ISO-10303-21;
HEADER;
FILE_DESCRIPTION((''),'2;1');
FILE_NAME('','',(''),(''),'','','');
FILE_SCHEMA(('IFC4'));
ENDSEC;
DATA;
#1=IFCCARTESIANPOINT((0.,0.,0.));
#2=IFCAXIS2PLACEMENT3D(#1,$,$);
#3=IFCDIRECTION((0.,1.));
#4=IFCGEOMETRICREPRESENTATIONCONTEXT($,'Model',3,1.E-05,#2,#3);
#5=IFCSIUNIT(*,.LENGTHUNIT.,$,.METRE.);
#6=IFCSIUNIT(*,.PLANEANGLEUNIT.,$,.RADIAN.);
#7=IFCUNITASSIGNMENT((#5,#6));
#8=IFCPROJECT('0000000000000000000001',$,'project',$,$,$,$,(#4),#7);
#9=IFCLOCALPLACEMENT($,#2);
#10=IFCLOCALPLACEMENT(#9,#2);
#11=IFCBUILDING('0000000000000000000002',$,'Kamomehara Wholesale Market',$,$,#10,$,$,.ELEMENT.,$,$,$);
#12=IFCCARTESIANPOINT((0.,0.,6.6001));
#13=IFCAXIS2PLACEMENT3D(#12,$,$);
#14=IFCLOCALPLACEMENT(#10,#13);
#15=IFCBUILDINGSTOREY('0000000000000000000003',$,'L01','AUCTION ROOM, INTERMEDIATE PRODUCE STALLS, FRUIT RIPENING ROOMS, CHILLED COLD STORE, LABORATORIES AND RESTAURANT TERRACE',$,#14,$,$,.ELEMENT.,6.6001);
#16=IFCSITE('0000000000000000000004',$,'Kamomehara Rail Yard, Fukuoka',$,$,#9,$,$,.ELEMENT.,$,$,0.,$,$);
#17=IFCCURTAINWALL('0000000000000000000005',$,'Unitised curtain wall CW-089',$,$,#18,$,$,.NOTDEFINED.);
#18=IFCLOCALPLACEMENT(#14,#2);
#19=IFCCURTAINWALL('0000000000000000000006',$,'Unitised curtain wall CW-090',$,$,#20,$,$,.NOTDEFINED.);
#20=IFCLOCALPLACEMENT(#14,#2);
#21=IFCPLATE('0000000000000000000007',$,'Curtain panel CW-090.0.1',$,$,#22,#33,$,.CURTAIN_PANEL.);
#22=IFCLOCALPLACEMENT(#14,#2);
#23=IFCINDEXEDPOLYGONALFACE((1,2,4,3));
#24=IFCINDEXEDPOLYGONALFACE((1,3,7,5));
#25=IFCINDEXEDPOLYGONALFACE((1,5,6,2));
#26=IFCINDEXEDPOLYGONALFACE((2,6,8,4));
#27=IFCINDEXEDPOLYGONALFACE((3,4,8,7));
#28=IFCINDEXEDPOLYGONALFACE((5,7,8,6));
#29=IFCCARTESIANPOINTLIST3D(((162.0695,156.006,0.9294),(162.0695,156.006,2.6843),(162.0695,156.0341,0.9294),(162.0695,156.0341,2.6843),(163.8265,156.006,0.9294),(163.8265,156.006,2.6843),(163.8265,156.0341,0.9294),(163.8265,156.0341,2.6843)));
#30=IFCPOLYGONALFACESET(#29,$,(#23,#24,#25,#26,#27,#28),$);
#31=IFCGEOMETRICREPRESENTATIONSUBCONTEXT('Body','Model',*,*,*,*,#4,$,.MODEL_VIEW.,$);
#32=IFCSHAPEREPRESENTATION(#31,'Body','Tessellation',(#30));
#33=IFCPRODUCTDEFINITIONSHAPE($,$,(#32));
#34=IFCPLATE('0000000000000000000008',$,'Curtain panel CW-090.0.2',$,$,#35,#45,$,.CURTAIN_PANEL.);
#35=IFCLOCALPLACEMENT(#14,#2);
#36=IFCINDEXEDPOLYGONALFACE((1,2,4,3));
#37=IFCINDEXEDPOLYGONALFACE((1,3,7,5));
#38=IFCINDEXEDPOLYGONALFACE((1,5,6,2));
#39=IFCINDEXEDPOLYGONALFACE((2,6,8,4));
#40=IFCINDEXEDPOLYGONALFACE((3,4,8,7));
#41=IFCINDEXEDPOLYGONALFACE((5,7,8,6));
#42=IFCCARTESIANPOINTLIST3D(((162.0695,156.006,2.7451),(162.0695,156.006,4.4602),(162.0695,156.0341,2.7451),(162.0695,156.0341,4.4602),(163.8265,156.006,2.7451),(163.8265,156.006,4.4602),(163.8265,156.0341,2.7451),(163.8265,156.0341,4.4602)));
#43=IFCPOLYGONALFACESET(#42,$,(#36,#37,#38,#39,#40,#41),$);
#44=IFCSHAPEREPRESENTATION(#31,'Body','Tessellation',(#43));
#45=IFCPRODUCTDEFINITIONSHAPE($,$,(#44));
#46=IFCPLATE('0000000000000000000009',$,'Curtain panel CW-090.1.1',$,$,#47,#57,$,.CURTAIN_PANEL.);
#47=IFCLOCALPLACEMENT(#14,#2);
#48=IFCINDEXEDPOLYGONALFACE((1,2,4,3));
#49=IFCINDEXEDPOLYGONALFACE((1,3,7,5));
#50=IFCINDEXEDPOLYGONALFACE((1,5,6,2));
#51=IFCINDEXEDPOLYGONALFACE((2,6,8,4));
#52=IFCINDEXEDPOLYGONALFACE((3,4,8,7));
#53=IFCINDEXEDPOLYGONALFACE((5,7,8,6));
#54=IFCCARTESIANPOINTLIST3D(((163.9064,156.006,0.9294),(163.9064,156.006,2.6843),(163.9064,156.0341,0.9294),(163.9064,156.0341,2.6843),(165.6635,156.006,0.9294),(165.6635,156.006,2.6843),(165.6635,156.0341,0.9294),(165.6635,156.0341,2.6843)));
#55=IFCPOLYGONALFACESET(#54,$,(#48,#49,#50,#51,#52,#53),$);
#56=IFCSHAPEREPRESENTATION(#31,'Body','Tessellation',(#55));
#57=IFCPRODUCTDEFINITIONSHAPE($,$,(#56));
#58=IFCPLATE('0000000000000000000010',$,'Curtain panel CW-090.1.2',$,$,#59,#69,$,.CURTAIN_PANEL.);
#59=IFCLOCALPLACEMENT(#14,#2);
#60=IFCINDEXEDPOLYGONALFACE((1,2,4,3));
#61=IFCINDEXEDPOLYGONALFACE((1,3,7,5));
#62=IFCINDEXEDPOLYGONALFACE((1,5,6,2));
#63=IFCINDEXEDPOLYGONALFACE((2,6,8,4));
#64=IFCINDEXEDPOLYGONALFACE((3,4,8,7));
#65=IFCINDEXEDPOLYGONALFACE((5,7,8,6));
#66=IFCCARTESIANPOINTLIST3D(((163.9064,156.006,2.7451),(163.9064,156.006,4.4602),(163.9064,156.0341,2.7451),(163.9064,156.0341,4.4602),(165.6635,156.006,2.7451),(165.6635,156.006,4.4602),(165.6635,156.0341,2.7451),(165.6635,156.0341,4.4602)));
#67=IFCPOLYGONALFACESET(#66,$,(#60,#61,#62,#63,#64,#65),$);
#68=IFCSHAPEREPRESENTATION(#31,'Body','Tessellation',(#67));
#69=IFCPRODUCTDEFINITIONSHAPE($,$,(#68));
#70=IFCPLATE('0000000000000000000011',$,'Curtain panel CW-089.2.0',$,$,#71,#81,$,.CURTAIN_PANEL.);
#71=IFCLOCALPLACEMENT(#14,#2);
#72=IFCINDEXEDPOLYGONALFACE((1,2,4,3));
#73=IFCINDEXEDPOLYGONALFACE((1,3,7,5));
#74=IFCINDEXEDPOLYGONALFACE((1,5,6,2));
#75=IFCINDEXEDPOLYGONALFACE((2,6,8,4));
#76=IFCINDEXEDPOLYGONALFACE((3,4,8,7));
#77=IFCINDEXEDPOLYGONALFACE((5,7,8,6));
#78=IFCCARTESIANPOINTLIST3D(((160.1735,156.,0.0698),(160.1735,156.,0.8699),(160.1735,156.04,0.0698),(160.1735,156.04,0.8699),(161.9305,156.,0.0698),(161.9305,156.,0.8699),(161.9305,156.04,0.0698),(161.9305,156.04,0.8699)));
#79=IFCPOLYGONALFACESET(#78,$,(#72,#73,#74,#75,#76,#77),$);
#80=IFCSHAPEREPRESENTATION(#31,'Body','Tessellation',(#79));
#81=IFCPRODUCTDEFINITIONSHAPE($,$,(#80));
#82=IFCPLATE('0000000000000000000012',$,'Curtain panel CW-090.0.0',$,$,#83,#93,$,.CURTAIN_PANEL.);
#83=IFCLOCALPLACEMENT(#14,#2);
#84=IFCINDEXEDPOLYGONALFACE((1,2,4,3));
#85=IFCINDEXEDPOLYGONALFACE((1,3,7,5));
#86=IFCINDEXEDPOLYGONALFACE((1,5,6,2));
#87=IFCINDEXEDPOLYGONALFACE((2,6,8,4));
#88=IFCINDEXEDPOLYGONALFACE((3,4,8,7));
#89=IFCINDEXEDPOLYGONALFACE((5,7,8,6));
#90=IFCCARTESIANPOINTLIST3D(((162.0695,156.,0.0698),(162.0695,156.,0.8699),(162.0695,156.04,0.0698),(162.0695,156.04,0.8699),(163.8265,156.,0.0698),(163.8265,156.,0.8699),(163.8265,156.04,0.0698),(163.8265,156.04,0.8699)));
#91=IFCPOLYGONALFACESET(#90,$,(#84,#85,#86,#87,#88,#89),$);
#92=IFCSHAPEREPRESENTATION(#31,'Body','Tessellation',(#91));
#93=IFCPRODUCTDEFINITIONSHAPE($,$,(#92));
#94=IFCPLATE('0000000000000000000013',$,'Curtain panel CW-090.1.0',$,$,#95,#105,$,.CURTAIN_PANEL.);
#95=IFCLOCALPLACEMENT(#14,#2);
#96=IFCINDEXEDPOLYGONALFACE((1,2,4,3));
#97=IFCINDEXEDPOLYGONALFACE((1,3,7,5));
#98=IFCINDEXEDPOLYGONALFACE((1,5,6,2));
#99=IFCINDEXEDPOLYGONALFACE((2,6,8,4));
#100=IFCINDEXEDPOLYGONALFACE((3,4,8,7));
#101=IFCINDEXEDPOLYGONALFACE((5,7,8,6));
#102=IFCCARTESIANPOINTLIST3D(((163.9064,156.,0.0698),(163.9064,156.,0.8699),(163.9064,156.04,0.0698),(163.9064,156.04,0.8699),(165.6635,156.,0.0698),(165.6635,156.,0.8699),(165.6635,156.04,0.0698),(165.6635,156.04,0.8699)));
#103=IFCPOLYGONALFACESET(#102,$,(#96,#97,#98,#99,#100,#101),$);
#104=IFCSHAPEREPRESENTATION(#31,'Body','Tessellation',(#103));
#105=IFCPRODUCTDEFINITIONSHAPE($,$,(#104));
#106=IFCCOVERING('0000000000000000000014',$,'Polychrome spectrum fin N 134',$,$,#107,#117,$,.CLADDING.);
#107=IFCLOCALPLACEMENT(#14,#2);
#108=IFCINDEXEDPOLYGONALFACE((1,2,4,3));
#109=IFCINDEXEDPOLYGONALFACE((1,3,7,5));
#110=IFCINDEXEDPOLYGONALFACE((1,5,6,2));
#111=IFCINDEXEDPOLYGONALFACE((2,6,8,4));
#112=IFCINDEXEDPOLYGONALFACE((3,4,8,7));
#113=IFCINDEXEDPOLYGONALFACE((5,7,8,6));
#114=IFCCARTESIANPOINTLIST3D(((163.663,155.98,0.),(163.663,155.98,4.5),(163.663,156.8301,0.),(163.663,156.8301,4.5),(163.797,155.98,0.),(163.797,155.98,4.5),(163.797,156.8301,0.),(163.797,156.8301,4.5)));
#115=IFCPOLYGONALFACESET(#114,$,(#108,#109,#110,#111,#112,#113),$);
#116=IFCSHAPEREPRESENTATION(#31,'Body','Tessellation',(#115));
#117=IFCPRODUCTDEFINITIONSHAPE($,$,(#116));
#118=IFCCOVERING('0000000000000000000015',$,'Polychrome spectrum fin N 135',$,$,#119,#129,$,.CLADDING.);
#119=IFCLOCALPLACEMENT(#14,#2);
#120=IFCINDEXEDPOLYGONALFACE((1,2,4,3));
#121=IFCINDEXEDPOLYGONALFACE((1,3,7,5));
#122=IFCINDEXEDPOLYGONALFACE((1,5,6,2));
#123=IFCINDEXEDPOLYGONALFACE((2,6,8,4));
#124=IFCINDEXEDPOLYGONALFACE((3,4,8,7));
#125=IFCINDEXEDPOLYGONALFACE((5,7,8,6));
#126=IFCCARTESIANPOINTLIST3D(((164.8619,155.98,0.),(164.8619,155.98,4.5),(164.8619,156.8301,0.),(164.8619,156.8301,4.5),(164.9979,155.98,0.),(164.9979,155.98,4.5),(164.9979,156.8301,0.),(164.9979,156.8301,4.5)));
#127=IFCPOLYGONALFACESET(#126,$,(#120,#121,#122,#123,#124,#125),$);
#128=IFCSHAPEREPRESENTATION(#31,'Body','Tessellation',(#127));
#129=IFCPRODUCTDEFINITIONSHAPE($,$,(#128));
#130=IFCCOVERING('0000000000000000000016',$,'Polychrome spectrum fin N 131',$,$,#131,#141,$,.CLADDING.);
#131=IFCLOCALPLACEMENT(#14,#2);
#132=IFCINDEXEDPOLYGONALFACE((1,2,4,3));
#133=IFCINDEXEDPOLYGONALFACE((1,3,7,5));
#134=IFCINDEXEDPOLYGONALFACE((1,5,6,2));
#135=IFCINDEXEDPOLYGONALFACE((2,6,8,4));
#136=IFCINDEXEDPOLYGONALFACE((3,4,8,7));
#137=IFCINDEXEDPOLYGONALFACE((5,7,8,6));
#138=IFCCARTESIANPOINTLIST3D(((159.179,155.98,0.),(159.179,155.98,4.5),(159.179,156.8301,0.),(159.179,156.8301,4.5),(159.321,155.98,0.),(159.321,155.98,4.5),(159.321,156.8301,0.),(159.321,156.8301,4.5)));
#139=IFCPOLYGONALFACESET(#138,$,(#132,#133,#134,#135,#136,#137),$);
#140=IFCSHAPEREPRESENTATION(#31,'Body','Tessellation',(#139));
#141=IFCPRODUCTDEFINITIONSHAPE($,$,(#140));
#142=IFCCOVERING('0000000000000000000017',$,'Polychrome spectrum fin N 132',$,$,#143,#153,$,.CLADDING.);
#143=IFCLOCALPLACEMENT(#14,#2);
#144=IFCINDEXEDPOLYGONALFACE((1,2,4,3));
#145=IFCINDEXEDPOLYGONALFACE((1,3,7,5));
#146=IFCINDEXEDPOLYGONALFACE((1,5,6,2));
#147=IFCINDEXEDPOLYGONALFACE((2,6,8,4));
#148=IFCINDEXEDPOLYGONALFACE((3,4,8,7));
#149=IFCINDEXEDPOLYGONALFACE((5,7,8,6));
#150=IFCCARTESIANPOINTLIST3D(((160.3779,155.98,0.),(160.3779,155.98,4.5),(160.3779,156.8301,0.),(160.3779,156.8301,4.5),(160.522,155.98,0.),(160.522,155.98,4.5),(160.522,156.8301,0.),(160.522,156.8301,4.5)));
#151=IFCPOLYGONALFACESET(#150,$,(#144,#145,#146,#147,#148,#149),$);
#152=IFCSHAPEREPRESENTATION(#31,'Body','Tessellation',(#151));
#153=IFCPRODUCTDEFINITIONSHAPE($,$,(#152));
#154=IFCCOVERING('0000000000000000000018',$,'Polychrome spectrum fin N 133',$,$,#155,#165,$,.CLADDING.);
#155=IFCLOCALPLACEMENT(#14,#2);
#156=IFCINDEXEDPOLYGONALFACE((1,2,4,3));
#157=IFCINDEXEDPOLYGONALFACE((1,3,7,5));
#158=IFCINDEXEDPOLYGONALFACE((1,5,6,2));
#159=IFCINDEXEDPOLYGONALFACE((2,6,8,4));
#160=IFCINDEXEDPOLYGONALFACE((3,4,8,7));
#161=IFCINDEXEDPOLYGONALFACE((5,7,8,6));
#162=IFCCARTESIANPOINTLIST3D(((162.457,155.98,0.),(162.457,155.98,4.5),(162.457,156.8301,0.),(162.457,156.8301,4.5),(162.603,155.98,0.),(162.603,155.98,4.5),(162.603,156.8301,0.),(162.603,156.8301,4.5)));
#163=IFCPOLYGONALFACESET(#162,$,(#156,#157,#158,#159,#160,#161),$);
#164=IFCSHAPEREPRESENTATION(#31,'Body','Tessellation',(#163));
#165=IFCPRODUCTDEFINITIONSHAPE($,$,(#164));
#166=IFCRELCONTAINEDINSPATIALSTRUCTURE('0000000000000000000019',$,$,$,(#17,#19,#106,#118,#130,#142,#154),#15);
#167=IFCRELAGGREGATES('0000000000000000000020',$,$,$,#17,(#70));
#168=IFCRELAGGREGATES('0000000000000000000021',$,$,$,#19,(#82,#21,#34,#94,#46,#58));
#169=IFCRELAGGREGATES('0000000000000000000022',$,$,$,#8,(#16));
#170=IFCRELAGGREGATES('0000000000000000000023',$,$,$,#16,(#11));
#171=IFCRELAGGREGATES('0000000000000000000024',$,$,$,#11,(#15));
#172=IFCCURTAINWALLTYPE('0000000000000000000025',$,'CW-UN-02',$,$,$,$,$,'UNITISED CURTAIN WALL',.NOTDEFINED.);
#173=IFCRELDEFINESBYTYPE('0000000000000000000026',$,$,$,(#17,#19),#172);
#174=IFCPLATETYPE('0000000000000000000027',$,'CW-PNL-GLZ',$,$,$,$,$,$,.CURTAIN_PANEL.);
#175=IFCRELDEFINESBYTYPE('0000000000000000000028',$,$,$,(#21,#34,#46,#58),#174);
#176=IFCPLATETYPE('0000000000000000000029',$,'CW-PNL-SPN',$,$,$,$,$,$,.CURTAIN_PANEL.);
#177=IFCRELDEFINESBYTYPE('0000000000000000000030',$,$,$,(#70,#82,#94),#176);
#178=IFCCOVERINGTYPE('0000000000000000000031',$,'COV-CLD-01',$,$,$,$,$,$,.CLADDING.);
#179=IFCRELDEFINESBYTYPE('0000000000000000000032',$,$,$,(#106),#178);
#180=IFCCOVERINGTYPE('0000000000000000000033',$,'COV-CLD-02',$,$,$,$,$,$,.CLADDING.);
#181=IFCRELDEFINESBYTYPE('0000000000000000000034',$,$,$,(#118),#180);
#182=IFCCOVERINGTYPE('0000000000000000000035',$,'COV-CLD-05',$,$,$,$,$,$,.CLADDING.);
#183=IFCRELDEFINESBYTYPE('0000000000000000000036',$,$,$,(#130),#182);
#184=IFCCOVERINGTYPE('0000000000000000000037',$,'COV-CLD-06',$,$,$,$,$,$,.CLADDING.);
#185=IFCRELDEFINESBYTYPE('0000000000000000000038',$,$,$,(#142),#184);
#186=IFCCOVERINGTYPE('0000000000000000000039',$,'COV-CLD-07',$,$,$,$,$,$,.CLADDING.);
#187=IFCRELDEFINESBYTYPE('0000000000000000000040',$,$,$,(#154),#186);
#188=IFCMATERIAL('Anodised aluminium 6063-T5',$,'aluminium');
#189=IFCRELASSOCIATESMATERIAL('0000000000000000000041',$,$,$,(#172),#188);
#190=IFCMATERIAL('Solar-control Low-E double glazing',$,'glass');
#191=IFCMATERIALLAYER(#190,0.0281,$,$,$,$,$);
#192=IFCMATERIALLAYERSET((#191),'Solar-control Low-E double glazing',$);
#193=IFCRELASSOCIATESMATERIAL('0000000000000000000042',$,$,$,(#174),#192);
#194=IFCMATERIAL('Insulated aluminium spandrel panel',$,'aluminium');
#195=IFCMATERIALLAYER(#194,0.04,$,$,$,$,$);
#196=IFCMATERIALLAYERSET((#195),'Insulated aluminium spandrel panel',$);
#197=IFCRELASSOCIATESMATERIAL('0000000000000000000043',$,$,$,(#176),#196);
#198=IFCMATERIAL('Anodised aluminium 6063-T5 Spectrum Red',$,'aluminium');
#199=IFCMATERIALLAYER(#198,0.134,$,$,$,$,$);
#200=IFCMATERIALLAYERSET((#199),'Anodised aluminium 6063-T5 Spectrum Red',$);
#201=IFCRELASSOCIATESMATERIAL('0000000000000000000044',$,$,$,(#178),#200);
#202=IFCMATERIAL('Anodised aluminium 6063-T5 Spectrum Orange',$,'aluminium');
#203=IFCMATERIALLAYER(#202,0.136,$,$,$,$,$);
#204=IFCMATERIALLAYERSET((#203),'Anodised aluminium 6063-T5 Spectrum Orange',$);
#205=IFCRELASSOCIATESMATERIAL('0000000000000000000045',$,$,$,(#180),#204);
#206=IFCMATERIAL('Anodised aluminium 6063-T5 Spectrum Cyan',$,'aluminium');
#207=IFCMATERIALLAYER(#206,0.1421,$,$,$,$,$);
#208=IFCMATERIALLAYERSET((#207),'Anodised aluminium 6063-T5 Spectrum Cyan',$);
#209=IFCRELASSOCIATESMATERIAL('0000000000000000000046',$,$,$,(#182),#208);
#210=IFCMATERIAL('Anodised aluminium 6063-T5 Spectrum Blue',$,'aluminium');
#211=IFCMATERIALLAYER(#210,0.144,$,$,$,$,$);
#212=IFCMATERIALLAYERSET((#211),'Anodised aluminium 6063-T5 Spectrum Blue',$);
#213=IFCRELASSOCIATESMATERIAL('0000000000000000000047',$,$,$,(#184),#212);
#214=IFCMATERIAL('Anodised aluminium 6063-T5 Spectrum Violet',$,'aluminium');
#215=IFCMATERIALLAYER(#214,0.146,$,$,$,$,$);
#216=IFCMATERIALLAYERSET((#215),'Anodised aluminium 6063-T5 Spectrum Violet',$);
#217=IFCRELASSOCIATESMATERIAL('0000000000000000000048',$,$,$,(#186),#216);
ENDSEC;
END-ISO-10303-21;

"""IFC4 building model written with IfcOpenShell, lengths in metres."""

from ifc_helpers import new_model, si_unit, direction, frame, origin, origin_2d, place, context, subcontext, project, spatial, rectangle, extrude, material, layer, layer_set, type_object, element, aggregate, save


model = new_model("IFC4")

# Units and contexts
model_context = context("Model", 3, precision=1e-05, world=origin(), true_north=direction((0.0, 1.0)))
body_context = subcontext(model_context, "Body", "Model", "MODEL_VIEW")
ifc_project = project(units=[si_unit("LENGTHUNIT", "METRE"), si_unit("PLANEANGLEUNIT", "RADIAN")], contexts=[model_context])

# Site, building, storey
site_placement = place(None, origin())
site = spatial("IfcSite", under=ifc_project, at=site_placement, Name="Kamomehara Rail Yard, Fukuoka", CompositionType="ELEMENT", RefElevation=0.0)
building_placement = place(site_placement, origin())
building = spatial("IfcBuilding", under=site, at=building_placement, Name="Kamomehara Wholesale Market", CompositionType="ELEMENT")
storey_placement = place(building_placement, frame((0.0, 0.0, 6.6001)))
storey = spatial("IfcBuildingStorey", under=building, at=storey_placement, Name="L01", Description="AUCTION ROOM, INTERMEDIATE PRODUCE STALLS, FRUIT RIPENING ROOMS, CHILLED COLD STORE, LABORATORIES AND RESTAURANT TERRACE", CompositionType="ELEMENT", Elevation=6.6001)

# Curtain walls
ifc_material_1 = material(Name="Anodised aluminium 6063-T5", Category="aluminium")
curtain_wall_type = type_object("IfcCurtainWallType", Name="CW-UN-02", ElementType="UNITISED CURTAIN WALL", PredefinedType="NOTDEFINED", material=ifc_material_1)
curtain_wall_1_placement = place(storey_placement, origin())
curtain_wall_1 = element("IfcCurtainWall", 1, at=curtain_wall_1_placement, inside=storey, type_object=curtain_wall_type, Name="Unitised curtain wall CW-089", PredefinedType="NOTDEFINED")
curtain_wall_2_placement = place(storey_placement, origin())
curtain_wall_2 = element("IfcCurtainWall", 2, at=curtain_wall_2_placement, inside=storey, type_object=curtain_wall_type, Name="Unitised curtain wall CW-090", PredefinedType="NOTDEFINED")

# Plates
ifc_material_2 = material(Name="Solar-control Low-E double glazing", Category="glass")
ifc_layer_1 = layer(ifc_material_2, 0.0281)
ifc_layer_set_1 = layer_set([ifc_layer_1], Name="Solar-control Low-E double glazing")
plate_type_1 = type_object("IfcPlateType", Name="CW-PNL-GLZ", PredefinedType="CURTAIN_PANEL", material=ifc_layer_set_1)
plate_1_placement = place(storey_placement, frame((162.948, 156.02, 0.9294), z_axis=(0.0, 0.0, 1.0), x_axis=(1.0, 0.0, 0.0)))
plate_1 = element("IfcPlate", 3, at=plate_1_placement, type_object=plate_type_1, Name="Curtain panel CW-090.0.1", PredefinedType="CURTAIN_PANEL", context=body_context, shape_type="SweptSolid", body=[
    extrude(rectangle(XDim=1.7571, YDim=0.0281, at=origin_2d()), origin(), (0.0, 0.0, 1.0), 1.7549),
])
plate_2_placement = place(storey_placement, frame((162.948, 156.02, 2.7451), z_axis=(0.0, 0.0, 1.0), x_axis=(1.0, 0.0, 0.0)))
plate_2 = element("IfcPlate", 4, at=plate_2_placement, type_object=plate_type_1, Name="Curtain panel CW-090.0.2", PredefinedType="CURTAIN_PANEL", context=body_context, shape_type="SweptSolid", body=[
    extrude(rectangle(XDim=1.7571, YDim=0.0281, at=origin_2d()), origin(), (0.0, 0.0, 1.0), 1.7151),
])
plate_3_placement = place(storey_placement, frame((164.7849, 156.02, 0.9294), z_axis=(0.0, 0.0, 1.0), x_axis=(1.0, 0.0, 0.0)))
plate_3 = element("IfcPlate", 5, at=plate_3_placement, type_object=plate_type_1, Name="Curtain panel CW-090.1.1", PredefinedType="CURTAIN_PANEL", context=body_context, shape_type="SweptSolid", body=[
    extrude(rectangle(XDim=1.7571, YDim=0.0281, at=origin_2d()), origin(), (0.0, 0.0, 1.0), 1.7549),
])
plate_4_placement = place(storey_placement, frame((164.7849, 156.02, 2.7451), z_axis=(0.0, 0.0, 1.0), x_axis=(1.0, 0.0, 0.0)))
plate_4 = element("IfcPlate", 6, at=plate_4_placement, type_object=plate_type_1, Name="Curtain panel CW-090.1.2", PredefinedType="CURTAIN_PANEL", context=body_context, shape_type="SweptSolid", body=[
    extrude(rectangle(XDim=1.7571, YDim=0.0281, at=origin_2d()), origin(), (0.0, 0.0, 1.0), 1.7151),
])
ifc_material_3 = material(Name="Insulated aluminium spandrel panel", Category="aluminium")
ifc_layer_2 = layer(ifc_material_3, 0.04)
ifc_layer_set_2 = layer_set([ifc_layer_2], Name="Insulated aluminium spandrel panel")
plate_type_2 = type_object("IfcPlateType", Name="CW-PNL-SPN", PredefinedType="CURTAIN_PANEL", material=ifc_layer_set_2)
plate_5_placement = place(storey_placement, frame((161.052, 156.02, 0.0698), z_axis=(0.0, 0.0, 1.0), x_axis=(1.0, 0.0, 0.0)))
plate_5 = element("IfcPlate", 7, at=plate_5_placement, type_object=plate_type_2, Name="Curtain panel CW-089.2.0", PredefinedType="CURTAIN_PANEL", context=body_context, shape_type="SweptSolid", body=[
    extrude(rectangle(XDim=1.7571, YDim=0.04, at=origin_2d()), origin(), (0.0, 0.0, 1.0), 0.8),
])
aggregate(curtain_wall_1, [plate_5])
plate_6_placement = place(storey_placement, frame((162.948, 156.02, 0.0698), z_axis=(0.0, 0.0, 1.0), x_axis=(1.0, 0.0, 0.0)))
plate_6 = element("IfcPlate", 8, at=plate_6_placement, type_object=plate_type_2, Name="Curtain panel CW-090.0.0", PredefinedType="CURTAIN_PANEL", context=body_context, shape_type="SweptSolid", body=[
    extrude(rectangle(XDim=1.7571, YDim=0.04, at=origin_2d()), origin(), (0.0, 0.0, 1.0), 0.8),
])
plate_7_placement = place(storey_placement, frame((164.7849, 156.02, 0.0698), z_axis=(0.0, 0.0, 1.0), x_axis=(1.0, 0.0, 0.0)))
plate_7 = element("IfcPlate", 9, at=plate_7_placement, type_object=plate_type_2, Name="Curtain panel CW-090.1.0", PredefinedType="CURTAIN_PANEL", context=body_context, shape_type="SweptSolid", body=[
    extrude(rectangle(XDim=1.7571, YDim=0.04, at=origin_2d()), origin(), (0.0, 0.0, 1.0), 0.8),
])
aggregate(curtain_wall_2, [plate_6, plate_1, plate_2, plate_7, plate_3, plate_4])

# Coverings
ifc_material_4 = material(Name="Anodised aluminium 6063-T5 Spectrum Red", Category="aluminium")
ifc_layer_3 = layer(ifc_material_4, 0.134)
ifc_layer_set_3 = layer_set([ifc_layer_3], Name="Anodised aluminium 6063-T5 Spectrum Red")
covering_type_1 = type_object("IfcCoveringType", Name="COV-CLD-01", PredefinedType="CLADDING", material=ifc_layer_set_3)
covering_1_placement = place(storey_placement, frame((163.73, 156.405, 0.0), z_axis=(0.0, 0.0, 1.0), x_axis=(1.0, 0.0, 0.0)))
element("IfcCovering", 10, at=covering_1_placement, inside=storey, type_object=covering_type_1, Name="Polychrome spectrum fin N 134", PredefinedType="CLADDING", context=body_context, shape_type="SweptSolid", body=[
    extrude(rectangle(XDim=0.134, YDim=0.8501, at=origin_2d()), origin(), (0.0, 0.0, 1.0), 4.5),
])
ifc_material_5 = material(Name="Anodised aluminium 6063-T5 Spectrum Orange", Category="aluminium")
ifc_layer_4 = layer(ifc_material_5, 0.136)
ifc_layer_set_4 = layer_set([ifc_layer_4], Name="Anodised aluminium 6063-T5 Spectrum Orange")
covering_type_2 = type_object("IfcCoveringType", Name="COV-CLD-02", PredefinedType="CLADDING", material=ifc_layer_set_4)
covering_2_placement = place(storey_placement, frame((164.9299, 156.405, 0.0), z_axis=(0.0, 0.0, 1.0), x_axis=(1.0, 0.0, 0.0)))
element("IfcCovering", 11, at=covering_2_placement, inside=storey, type_object=covering_type_2, Name="Polychrome spectrum fin N 135", PredefinedType="CLADDING", context=body_context, shape_type="SweptSolid", body=[
    extrude(rectangle(XDim=0.136, YDim=0.8501, at=origin_2d()), origin(), (0.0, 0.0, 1.0), 4.5),
])
ifc_material_6 = material(Name="Anodised aluminium 6063-T5 Spectrum Cyan", Category="aluminium")
ifc_layer_5 = layer(ifc_material_6, 0.1421)
ifc_layer_set_5 = layer_set([ifc_layer_5], Name="Anodised aluminium 6063-T5 Spectrum Cyan")
covering_type_3 = type_object("IfcCoveringType", Name="COV-CLD-05", PredefinedType="CLADDING", material=ifc_layer_set_5)
covering_3_placement = place(storey_placement, frame((159.25, 156.405, 0.0), z_axis=(0.0, 0.0, 1.0), x_axis=(1.0, 0.0, 0.0)))
element("IfcCovering", 12, at=covering_3_placement, inside=storey, type_object=covering_type_3, Name="Polychrome spectrum fin N 131", PredefinedType="CLADDING", context=body_context, shape_type="SweptSolid", body=[
    extrude(rectangle(XDim=0.1421, YDim=0.8501, at=origin_2d()), origin(), (0.0, 0.0, 1.0), 4.5),
])
ifc_material_7 = material(Name="Anodised aluminium 6063-T5 Spectrum Blue", Category="aluminium")
ifc_layer_6 = layer(ifc_material_7, 0.144)
ifc_layer_set_6 = layer_set([ifc_layer_6], Name="Anodised aluminium 6063-T5 Spectrum Blue")
covering_type_4 = type_object("IfcCoveringType", Name="COV-CLD-06", PredefinedType="CLADDING", material=ifc_layer_set_6)
covering_4_placement = place(storey_placement, frame((160.45, 156.405, 0.0), z_axis=(0.0, 0.0, 1.0), x_axis=(1.0, 0.0, 0.0)))
element("IfcCovering", 13, at=covering_4_placement, inside=storey, type_object=covering_type_4, Name="Polychrome spectrum fin N 132", PredefinedType="CLADDING", context=body_context, shape_type="SweptSolid", body=[
    extrude(rectangle(XDim=0.144, YDim=0.8501, at=origin_2d()), origin(), (0.0, 0.0, 1.0), 4.5),
])
ifc_material_8 = material(Name="Anodised aluminium 6063-T5 Spectrum Violet", Category="aluminium")
ifc_layer_7 = layer(ifc_material_8, 0.146)
ifc_layer_set_7 = layer_set([ifc_layer_7], Name="Anodised aluminium 6063-T5 Spectrum Violet")
covering_type_5 = type_object("IfcCoveringType", Name="COV-CLD-07", PredefinedType="CLADDING", material=ifc_layer_set_7)
covering_5_placement = place(storey_placement, frame((162.53, 156.405, 0.0), z_axis=(0.0, 0.0, 1.0), x_axis=(1.0, 0.0, 0.0)))
element("IfcCovering", 14, at=covering_5_placement, inside=storey, type_object=covering_type_5, Name="Polychrome spectrum fin N 133", PredefinedType="CLADDING", context=body_context, shape_type="SweptSolid", body=[
    extrude(rectangle(XDim=0.146, YDim=0.8501, at=origin_2d()), origin(), (0.0, 0.0, 1.0), 4.5),
])

save(model, "model.ifc")
